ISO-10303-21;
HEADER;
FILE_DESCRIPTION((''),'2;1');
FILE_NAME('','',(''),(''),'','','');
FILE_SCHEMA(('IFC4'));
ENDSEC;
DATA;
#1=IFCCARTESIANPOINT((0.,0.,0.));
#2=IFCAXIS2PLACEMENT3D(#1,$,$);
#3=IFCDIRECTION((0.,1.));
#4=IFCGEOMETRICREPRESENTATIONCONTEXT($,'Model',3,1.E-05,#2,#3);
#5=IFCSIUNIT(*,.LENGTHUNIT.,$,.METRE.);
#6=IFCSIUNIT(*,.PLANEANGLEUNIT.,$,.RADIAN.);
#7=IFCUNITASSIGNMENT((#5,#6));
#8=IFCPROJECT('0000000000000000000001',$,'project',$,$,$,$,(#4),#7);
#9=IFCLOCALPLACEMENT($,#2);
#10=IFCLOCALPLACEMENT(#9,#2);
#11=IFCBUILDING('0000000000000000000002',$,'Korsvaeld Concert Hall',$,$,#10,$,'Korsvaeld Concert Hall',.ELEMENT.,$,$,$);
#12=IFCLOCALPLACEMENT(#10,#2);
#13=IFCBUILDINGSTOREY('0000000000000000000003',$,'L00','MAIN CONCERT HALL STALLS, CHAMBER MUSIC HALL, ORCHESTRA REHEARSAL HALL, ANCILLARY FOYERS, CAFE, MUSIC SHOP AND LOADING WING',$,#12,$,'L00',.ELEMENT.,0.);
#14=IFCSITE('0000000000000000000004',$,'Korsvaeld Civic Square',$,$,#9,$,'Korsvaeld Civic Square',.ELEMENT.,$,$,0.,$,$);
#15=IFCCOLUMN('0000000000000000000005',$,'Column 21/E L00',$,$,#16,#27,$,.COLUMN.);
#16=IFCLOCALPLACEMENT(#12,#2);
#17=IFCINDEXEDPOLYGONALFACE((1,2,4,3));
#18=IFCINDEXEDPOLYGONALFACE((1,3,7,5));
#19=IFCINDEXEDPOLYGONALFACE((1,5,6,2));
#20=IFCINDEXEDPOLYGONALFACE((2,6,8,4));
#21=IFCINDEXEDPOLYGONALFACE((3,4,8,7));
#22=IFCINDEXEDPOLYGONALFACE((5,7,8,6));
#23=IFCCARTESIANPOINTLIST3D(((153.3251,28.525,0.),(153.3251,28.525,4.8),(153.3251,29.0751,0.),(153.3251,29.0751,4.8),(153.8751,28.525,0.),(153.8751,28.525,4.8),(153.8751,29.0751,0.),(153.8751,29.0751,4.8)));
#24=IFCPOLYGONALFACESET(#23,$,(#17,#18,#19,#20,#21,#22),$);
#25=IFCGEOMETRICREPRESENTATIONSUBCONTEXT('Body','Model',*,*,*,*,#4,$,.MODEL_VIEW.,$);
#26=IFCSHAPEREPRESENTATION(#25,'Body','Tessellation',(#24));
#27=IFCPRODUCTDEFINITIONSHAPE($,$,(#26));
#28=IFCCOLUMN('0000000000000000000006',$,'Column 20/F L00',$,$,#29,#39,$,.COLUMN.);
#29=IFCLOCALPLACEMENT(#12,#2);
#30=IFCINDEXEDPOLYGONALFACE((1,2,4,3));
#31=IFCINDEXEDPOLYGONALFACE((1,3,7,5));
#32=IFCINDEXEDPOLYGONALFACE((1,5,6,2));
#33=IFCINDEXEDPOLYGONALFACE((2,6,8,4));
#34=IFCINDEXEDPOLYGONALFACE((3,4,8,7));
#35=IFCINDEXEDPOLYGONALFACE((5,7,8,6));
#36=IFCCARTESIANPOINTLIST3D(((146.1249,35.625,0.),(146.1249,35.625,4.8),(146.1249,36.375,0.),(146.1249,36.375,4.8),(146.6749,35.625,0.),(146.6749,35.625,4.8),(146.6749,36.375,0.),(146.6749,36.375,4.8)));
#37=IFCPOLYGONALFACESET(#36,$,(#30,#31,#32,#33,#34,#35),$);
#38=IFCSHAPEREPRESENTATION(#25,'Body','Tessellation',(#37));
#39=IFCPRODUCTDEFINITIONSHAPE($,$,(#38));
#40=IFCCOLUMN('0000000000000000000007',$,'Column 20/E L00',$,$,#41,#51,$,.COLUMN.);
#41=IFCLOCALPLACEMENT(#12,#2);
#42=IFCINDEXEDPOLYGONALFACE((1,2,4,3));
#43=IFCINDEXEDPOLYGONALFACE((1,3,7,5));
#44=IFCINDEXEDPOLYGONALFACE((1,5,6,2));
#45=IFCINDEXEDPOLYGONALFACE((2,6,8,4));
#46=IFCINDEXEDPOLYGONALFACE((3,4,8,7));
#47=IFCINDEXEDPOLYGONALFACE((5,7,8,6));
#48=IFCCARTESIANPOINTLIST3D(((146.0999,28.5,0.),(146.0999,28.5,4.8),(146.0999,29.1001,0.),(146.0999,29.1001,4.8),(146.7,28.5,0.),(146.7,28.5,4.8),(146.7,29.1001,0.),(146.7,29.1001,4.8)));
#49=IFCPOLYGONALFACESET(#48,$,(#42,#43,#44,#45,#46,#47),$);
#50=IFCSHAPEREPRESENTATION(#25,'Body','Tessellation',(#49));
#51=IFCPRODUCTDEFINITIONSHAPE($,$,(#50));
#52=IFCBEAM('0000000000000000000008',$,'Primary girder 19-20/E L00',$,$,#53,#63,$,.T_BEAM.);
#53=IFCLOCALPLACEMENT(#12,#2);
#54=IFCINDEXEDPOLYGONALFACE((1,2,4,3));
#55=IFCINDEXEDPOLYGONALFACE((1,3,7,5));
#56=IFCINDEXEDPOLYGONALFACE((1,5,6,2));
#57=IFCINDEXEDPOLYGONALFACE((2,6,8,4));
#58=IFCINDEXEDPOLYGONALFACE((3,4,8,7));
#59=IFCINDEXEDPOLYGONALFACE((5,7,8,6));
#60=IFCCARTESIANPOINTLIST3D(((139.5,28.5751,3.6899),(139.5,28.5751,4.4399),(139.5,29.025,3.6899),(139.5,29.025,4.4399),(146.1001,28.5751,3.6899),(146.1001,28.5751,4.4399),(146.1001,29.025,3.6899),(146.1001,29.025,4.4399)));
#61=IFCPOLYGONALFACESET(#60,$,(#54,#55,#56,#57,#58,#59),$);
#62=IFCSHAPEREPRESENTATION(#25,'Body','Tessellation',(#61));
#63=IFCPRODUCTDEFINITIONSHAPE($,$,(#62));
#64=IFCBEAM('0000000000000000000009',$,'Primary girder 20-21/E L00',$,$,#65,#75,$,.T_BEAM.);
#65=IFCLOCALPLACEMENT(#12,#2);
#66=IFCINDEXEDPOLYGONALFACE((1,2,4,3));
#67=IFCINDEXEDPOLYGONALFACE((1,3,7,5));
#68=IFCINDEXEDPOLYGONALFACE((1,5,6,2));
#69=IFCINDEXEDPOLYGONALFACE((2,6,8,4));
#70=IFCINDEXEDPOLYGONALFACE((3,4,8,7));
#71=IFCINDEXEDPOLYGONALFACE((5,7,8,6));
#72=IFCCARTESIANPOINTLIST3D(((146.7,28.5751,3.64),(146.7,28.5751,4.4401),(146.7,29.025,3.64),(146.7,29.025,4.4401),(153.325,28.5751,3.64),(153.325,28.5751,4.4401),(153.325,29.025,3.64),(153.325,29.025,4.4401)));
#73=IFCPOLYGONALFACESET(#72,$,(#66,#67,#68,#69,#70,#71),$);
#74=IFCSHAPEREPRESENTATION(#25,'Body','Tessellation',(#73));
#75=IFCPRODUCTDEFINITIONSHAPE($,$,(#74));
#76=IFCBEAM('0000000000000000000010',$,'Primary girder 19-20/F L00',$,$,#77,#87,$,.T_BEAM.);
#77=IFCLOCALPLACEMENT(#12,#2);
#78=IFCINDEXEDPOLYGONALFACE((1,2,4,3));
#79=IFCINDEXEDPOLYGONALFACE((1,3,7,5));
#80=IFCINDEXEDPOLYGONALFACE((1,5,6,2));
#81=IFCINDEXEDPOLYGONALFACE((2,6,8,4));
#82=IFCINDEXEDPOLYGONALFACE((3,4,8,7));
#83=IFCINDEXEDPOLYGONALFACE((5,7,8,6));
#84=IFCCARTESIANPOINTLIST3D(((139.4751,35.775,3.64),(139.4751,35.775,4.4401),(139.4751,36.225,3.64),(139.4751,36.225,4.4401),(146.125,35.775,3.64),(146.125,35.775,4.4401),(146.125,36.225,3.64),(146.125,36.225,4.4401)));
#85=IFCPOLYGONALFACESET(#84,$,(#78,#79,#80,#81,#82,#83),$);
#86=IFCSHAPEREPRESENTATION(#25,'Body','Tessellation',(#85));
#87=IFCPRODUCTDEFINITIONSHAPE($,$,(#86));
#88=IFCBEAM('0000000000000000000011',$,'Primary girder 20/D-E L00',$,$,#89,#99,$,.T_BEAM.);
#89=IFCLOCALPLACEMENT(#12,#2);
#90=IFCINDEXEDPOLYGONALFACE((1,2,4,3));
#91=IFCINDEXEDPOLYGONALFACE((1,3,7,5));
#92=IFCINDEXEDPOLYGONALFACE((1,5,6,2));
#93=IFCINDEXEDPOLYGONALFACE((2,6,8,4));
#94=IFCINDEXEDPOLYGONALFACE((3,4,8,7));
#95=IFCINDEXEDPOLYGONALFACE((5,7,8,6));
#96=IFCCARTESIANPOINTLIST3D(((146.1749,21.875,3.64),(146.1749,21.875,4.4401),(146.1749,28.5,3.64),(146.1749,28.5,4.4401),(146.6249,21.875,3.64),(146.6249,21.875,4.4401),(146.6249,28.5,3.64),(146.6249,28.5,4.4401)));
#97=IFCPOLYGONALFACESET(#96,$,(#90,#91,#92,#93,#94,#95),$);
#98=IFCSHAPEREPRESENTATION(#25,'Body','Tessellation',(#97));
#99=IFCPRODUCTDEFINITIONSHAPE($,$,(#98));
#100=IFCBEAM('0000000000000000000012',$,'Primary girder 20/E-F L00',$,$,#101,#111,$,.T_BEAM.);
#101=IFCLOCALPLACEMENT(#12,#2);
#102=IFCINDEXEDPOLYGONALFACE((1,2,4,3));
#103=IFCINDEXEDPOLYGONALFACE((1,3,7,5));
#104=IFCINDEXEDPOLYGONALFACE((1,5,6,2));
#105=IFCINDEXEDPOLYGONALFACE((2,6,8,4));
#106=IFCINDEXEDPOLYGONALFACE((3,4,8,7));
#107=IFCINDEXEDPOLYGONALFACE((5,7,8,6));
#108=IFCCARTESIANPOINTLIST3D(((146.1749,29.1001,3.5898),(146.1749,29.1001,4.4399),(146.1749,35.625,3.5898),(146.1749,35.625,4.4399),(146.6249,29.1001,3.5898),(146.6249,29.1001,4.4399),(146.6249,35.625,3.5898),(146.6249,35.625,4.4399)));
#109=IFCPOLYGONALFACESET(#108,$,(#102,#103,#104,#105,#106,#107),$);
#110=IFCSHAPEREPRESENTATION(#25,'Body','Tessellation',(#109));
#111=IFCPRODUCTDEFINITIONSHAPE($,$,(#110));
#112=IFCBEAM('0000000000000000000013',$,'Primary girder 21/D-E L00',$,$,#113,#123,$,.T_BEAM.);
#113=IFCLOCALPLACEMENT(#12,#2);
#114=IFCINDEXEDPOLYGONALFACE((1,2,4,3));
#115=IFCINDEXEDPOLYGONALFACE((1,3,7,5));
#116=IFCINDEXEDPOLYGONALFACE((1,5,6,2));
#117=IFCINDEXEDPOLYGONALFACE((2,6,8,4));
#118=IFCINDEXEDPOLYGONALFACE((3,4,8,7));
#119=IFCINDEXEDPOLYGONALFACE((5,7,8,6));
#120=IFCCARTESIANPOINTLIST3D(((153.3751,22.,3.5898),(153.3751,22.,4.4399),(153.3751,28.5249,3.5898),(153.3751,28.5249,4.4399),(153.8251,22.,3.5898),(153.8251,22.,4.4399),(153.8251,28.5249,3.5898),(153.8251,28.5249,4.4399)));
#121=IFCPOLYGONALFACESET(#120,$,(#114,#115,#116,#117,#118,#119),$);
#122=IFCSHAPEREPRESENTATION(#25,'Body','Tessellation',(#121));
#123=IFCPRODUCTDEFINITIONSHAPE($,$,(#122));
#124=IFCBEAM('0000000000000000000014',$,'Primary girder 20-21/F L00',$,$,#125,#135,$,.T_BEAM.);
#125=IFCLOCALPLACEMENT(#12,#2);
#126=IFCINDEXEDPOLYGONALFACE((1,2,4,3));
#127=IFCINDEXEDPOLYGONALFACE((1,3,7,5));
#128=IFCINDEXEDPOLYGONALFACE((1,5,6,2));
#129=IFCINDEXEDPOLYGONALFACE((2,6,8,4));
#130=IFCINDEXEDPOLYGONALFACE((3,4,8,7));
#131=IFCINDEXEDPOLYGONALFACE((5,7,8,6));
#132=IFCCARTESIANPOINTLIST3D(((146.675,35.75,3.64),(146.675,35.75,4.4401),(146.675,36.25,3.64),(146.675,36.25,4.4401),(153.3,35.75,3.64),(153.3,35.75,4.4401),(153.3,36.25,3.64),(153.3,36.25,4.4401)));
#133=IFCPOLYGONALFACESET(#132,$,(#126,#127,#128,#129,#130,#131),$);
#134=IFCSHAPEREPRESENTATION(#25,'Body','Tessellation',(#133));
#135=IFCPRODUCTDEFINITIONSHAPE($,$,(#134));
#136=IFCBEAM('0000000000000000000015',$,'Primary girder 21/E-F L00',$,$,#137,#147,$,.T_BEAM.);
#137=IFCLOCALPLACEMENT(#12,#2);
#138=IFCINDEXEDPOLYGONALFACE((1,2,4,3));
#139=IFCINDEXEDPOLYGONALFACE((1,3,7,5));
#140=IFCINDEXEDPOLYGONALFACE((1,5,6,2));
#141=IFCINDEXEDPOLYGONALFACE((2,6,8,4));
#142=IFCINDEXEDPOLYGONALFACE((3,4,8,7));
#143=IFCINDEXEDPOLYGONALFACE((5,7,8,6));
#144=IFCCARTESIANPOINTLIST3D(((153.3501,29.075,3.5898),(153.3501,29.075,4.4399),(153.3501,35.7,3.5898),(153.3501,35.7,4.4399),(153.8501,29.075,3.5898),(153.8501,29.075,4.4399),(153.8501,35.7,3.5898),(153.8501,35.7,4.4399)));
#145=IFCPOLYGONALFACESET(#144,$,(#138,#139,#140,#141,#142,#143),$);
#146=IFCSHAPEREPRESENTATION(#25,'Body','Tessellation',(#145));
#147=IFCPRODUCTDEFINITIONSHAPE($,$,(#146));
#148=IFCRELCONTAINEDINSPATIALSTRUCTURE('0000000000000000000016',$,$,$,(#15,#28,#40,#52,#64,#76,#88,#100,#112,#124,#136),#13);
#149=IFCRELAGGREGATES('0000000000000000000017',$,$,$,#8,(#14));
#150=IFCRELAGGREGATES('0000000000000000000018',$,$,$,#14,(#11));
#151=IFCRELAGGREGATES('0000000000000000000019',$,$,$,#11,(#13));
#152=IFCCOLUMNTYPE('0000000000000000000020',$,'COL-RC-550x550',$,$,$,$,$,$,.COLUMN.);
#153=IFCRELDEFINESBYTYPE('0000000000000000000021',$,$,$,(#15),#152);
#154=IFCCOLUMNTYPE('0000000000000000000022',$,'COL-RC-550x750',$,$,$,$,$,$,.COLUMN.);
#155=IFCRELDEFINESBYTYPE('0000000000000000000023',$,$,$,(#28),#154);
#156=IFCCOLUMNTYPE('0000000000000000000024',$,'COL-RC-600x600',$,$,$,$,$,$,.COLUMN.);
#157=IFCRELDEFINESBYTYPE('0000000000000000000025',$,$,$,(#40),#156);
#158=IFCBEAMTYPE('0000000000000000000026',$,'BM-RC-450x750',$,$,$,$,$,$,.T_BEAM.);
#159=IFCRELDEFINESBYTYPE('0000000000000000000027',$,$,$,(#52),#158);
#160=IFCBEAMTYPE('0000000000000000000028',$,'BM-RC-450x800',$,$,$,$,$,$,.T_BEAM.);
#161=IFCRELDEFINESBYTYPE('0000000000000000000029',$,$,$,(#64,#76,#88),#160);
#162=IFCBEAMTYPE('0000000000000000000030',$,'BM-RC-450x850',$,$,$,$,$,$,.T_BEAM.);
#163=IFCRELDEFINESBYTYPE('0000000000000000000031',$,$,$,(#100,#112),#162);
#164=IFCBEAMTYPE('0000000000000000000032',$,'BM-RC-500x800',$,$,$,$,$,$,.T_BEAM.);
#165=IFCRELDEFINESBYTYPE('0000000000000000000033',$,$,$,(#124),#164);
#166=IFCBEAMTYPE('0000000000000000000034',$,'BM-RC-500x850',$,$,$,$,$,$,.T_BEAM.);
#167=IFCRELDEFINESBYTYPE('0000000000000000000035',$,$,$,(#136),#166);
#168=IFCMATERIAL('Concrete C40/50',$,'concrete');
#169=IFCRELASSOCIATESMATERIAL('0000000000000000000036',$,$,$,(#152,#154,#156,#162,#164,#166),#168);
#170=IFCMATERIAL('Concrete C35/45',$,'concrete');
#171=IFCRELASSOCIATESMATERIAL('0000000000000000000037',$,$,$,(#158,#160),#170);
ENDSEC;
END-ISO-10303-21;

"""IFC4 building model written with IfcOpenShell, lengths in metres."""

from ifc_helpers import new_model, si_unit, direction, frame, origin, origin_2d, place, context, subcontext, project, spatial, rectangle, extrude, material, material_profile, profile_set, type_object, element, save


model = new_model("IFC4")

# Units and contexts
model_context = context("Model", 3, precision=1e-05, world=origin(), true_north=direction((0.0, 1.0)))
body_context = subcontext(model_context, "Body", "Model", "MODEL_VIEW")
ifc_project = project(units=[si_unit("LENGTHUNIT", "METRE"), si_unit("PLANEANGLEUNIT", "RADIAN")], contexts=[model_context])

# Site, building, storey
site_placement = place(None, origin())
site = spatial("IfcSite", under=ifc_project, at=site_placement, Name="Korsvaeld Civic Square", LongName="Korsvaeld Civic Square", CompositionType="ELEMENT", RefElevation=0.0)
building_placement = place(site_placement, origin())
building = spatial("IfcBuilding", under=site, at=building_placement, Name="Korsvaeld Concert Hall", LongName="Korsvaeld Concert Hall", CompositionType="ELEMENT")
storey_placement = place(building_placement, origin())
storey = spatial("IfcBuildingStorey", under=building, at=storey_placement, Name="L00", Description="MAIN CONCERT HALL STALLS, CHAMBER MUSIC HALL, ORCHESTRA REHEARSAL HALL, ANCILLARY FOYERS, CAFE, MUSIC SHOP AND LOADING WING", LongName="L00", CompositionType="ELEMENT", Elevation=0.0)

# Columns
ifc_material_1 = material(Name="Concrete C40/50", Category="concrete")
ifc_material_profile_1 = material_profile(ifc_material_1, rectangle(XDim=0.55, YDim=0.55, at=origin_2d()), Name="RC 550x550")
ifc_profile_set_1 = profile_set([ifc_material_profile_1], Name="Concrete C40/50")
column_type_1 = type_object("IfcColumnType", Name="COL-RC-550x550", PredefinedType="COLUMN", material=ifc_profile_set_1)
column_1_placement = place(storey_placement, frame((153.6001, 28.8, 0.0), z_axis=(0.0, 0.0, 1.0), x_axis=(1.0, 0.0, 0.0)))
element("IfcColumn", 1, at=column_1_placement, inside=storey, type_object=column_type_1, Name="Column 21/E L00", PredefinedType="COLUMN", context=body_context, shape_type="SweptSolid", body=[
    extrude(rectangle(XDim=0.55, YDim=0.55, at=origin_2d()), origin(), (0.0, 0.0, 1.0), 4.8),
])
ifc_material_profile_2 = material_profile(ifc_material_1, rectangle(XDim=0.55, YDim=0.75, at=origin_2d()), Name="RC 550x750")
ifc_profile_set_2 = profile_set([ifc_material_profile_2], Name="Concrete C40/50")
column_type_2 = type_object("IfcColumnType", Name="COL-RC-550x750", PredefinedType="COLUMN", material=ifc_profile_set_2)
column_2_placement = place(storey_placement, frame((146.3999, 36.0, 0.0), z_axis=(0.0, 0.0, 1.0), x_axis=(1.0, 0.0, 0.0)))
element("IfcColumn", 2, at=column_2_placement, inside=storey, type_object=column_type_2, Name="Column 20/F L00", PredefinedType="COLUMN", context=body_context, shape_type="SweptSolid", body=[
    extrude(rectangle(XDim=0.55, YDim=0.75, at=origin_2d()), origin(), (0.0, 0.0, 1.0), 4.8),
])
ifc_material_profile_3 = material_profile(ifc_material_1, rectangle(XDim=0.6001, YDim=0.6001, at=origin_2d()), Name="RC 600x600")
ifc_profile_set_3 = profile_set([ifc_material_profile_3], Name="Concrete C40/50")
column_type_3 = type_object("IfcColumnType", Name="COL-RC-600x600", PredefinedType="COLUMN", material=ifc_profile_set_3)
column_3_placement = place(storey_placement, frame((146.3999, 28.8, 0.0), z_axis=(0.0, 0.0, 1.0), x_axis=(1.0, 0.0, 0.0)))
element("IfcColumn", 3, at=column_3_placement, inside=storey, type_object=column_type_3, Name="Column 20/E L00", PredefinedType="COLUMN", context=body_context, shape_type="SweptSolid", body=[
    extrude(rectangle(XDim=0.6001, YDim=0.6001, at=origin_2d()), origin(), (0.0, 0.0, 1.0), 4.8),
])

# Beams
ifc_material_2 = material(Name="Concrete C35/45", Category="concrete")
ifc_material_profile_4 = material_profile(ifc_material_2, rectangle(XDim=0.45, YDim=0.75, at=origin_2d()), Name="RC 450x750")
ifc_profile_set_4 = profile_set([ifc_material_profile_4], Name="Concrete C35/45")
beam_type_1 = type_object("IfcBeamType", Name="BM-RC-450x750", PredefinedType="T_BEAM", material=ifc_profile_set_4)
beam_1_placement = place(storey_placement, frame((139.5, 28.8, 4.0649), z_axis=(1.0, 0.0, 0.0), x_axis=(0.0, 1.0, 0.0)))
element("IfcBeam", 4, at=beam_1_placement, inside=storey, type_object=beam_type_1, Name="Primary girder 19-20/E L00", PredefinedType="T_BEAM", context=body_context, shape_type="SweptSolid", body=[
    extrude(rectangle(XDim=0.45, YDim=0.75, at=origin_2d()), origin(), (0.0, 0.0, 1.0), 6.6001),
])
ifc_material_profile_5 = material_profile(ifc_material_2, rectangle(XDim=0.45, YDim=0.8, at=origin_2d()), Name="RC 450x800")
ifc_profile_set_5 = profile_set([ifc_material_profile_5], Name="Concrete C35/45")
beam_type_2 = type_object("IfcBeamType", Name="BM-RC-450x800", PredefinedType="T_BEAM", material=ifc_profile_set_5)
beam_2_placement = place(storey_placement, frame((146.7, 28.8, 4.04), z_axis=(1.0, 0.0, 0.0), x_axis=(0.0, 1.0, 0.0)))
element("IfcBeam", 5, at=beam_2_placement, inside=storey, type_object=beam_type_2, Name="Primary girder 20-21/E L00", PredefinedType="T_BEAM", context=body_context, shape_type="SweptSolid", body=[
    extrude(rectangle(XDim=0.45, YDim=0.8, at=origin_2d()), origin(), (0.0, 0.0, 1.0), 6.625),
])
beam_3_placement = place(storey_placement, frame((139.4751, 36.0, 4.04), z_axis=(1.0, 0.0, 0.0), x_axis=(0.0, 1.0, 0.0)))
element("IfcBeam", 6, at=beam_3_placement, inside=storey, type_object=beam_type_2, Name="Primary girder 19-20/F L00", PredefinedType="T_BEAM", context=body_context, shape_type="SweptSolid", body=[
    extrude(rectangle(XDim=0.45, YDim=0.8, at=origin_2d()), origin(), (0.0, 0.0, 1.0), 6.6499),
])
beam_4_placement = place(storey_placement, frame((146.3999, 21.875, 4.04), z_axis=(0.0, 1.0, 0.0), x_axis=(-1.0, 0.0, 0.0)))
element("IfcBeam", 7, at=beam_4_placement, inside=storey, type_object=beam_type_2, Name="Primary girder 20/D-E L00", PredefinedType="T_BEAM", context=body_context, shape_type="SweptSolid", body=[
    extrude(rectangle(XDim=0.45, YDim=0.8, at=origin_2d()), origin(), (0.0, 0.0, 1.0), 6.625),
])
ifc_material_profile_6 = material_profile(ifc_material_1, rectangle(XDim=0.45, YDim=0.8501, at=origin_2d()), Name="RC 450x850")
ifc_profile_set_6 = profile_set([ifc_material_profile_6], Name="Concrete C40/50")
beam_type_3 = type_object("IfcBeamType", Name="BM-RC-450x850", PredefinedType="T_BEAM", material=ifc_profile_set_6)
for number, where, z_axis, x_axis, name in (
    (8, (146.3999, 29.1001, 4.0149), (0.0, 1.0, 0.0), (-1.0, 0.0, 0.0), "Primary girder 20/E-F L00"),
    (9, (153.6001, 22.0, 4.0149), (0.0, 1.0, 0.0), (-1.0, 0.0, 0.0), "Primary girder 21/D-E L00"),
):
    element("IfcBeam", number, at=place(storey_placement, frame(where, z_axis=z_axis, x_axis=x_axis)), inside=storey, type_object=beam_type_3, Name=name, PredefinedType="T_BEAM", context=body_context, shape_type="SweptSolid", body=[
        extrude(rectangle(XDim=0.45, YDim=0.8501, at=origin_2d()), origin(), (0.0, 0.0, 1.0), 6.5249),
    ])
ifc_material_profile_7 = material_profile(ifc_material_1, rectangle(XDim=0.5, YDim=0.8, at=origin_2d()), Name="RC 500x800")
ifc_profile_set_7 = profile_set([ifc_material_profile_7], Name="Concrete C40/50")
beam_type_4 = type_object("IfcBeamType", Name="BM-RC-500x800", PredefinedType="T_BEAM", material=ifc_profile_set_7)
beam_5_placement = place(storey_placement, frame((146.675, 36.0, 4.04), z_axis=(1.0, 0.0, 0.0), x_axis=(0.0, 1.0, 0.0)))
element("IfcBeam", 10, at=beam_5_placement, inside=storey, type_object=beam_type_4, Name="Primary girder 20-21/F L00", PredefinedType="T_BEAM", context=body_context, shape_type="SweptSolid", body=[
    extrude(rectangle(XDim=0.5, YDim=0.8, at=origin_2d()), origin(), (0.0, 0.0, 1.0), 6.625),
])
ifc_material_profile_8 = material_profile(ifc_material_1, rectangle(XDim=0.5, YDim=0.8501, at=origin_2d()), Name="RC 500x850")
ifc_profile_set_8 = profile_set([ifc_material_profile_8], Name="Concrete C40/50")
beam_type_5 = type_object("IfcBeamType", Name="BM-RC-500x850", PredefinedType="T_BEAM", material=ifc_profile_set_8)
beam_6_placement = place(storey_placement, frame((153.6001, 29.075, 4.0149), z_axis=(0.0, 1.0, 0.0), x_axis=(-1.0, 0.0, 0.0)))
element("IfcBeam", 11, at=beam_6_placement, inside=storey, type_object=beam_type_5, Name="Primary girder 21/E-F L00", PredefinedType="T_BEAM", context=body_context, shape_type="SweptSolid", body=[
    extrude(rectangle(XDim=0.5, YDim=0.8501, at=origin_2d()), origin(), (0.0, 0.0, 1.0), 6.625),
])

save(model, "model.ifc")
